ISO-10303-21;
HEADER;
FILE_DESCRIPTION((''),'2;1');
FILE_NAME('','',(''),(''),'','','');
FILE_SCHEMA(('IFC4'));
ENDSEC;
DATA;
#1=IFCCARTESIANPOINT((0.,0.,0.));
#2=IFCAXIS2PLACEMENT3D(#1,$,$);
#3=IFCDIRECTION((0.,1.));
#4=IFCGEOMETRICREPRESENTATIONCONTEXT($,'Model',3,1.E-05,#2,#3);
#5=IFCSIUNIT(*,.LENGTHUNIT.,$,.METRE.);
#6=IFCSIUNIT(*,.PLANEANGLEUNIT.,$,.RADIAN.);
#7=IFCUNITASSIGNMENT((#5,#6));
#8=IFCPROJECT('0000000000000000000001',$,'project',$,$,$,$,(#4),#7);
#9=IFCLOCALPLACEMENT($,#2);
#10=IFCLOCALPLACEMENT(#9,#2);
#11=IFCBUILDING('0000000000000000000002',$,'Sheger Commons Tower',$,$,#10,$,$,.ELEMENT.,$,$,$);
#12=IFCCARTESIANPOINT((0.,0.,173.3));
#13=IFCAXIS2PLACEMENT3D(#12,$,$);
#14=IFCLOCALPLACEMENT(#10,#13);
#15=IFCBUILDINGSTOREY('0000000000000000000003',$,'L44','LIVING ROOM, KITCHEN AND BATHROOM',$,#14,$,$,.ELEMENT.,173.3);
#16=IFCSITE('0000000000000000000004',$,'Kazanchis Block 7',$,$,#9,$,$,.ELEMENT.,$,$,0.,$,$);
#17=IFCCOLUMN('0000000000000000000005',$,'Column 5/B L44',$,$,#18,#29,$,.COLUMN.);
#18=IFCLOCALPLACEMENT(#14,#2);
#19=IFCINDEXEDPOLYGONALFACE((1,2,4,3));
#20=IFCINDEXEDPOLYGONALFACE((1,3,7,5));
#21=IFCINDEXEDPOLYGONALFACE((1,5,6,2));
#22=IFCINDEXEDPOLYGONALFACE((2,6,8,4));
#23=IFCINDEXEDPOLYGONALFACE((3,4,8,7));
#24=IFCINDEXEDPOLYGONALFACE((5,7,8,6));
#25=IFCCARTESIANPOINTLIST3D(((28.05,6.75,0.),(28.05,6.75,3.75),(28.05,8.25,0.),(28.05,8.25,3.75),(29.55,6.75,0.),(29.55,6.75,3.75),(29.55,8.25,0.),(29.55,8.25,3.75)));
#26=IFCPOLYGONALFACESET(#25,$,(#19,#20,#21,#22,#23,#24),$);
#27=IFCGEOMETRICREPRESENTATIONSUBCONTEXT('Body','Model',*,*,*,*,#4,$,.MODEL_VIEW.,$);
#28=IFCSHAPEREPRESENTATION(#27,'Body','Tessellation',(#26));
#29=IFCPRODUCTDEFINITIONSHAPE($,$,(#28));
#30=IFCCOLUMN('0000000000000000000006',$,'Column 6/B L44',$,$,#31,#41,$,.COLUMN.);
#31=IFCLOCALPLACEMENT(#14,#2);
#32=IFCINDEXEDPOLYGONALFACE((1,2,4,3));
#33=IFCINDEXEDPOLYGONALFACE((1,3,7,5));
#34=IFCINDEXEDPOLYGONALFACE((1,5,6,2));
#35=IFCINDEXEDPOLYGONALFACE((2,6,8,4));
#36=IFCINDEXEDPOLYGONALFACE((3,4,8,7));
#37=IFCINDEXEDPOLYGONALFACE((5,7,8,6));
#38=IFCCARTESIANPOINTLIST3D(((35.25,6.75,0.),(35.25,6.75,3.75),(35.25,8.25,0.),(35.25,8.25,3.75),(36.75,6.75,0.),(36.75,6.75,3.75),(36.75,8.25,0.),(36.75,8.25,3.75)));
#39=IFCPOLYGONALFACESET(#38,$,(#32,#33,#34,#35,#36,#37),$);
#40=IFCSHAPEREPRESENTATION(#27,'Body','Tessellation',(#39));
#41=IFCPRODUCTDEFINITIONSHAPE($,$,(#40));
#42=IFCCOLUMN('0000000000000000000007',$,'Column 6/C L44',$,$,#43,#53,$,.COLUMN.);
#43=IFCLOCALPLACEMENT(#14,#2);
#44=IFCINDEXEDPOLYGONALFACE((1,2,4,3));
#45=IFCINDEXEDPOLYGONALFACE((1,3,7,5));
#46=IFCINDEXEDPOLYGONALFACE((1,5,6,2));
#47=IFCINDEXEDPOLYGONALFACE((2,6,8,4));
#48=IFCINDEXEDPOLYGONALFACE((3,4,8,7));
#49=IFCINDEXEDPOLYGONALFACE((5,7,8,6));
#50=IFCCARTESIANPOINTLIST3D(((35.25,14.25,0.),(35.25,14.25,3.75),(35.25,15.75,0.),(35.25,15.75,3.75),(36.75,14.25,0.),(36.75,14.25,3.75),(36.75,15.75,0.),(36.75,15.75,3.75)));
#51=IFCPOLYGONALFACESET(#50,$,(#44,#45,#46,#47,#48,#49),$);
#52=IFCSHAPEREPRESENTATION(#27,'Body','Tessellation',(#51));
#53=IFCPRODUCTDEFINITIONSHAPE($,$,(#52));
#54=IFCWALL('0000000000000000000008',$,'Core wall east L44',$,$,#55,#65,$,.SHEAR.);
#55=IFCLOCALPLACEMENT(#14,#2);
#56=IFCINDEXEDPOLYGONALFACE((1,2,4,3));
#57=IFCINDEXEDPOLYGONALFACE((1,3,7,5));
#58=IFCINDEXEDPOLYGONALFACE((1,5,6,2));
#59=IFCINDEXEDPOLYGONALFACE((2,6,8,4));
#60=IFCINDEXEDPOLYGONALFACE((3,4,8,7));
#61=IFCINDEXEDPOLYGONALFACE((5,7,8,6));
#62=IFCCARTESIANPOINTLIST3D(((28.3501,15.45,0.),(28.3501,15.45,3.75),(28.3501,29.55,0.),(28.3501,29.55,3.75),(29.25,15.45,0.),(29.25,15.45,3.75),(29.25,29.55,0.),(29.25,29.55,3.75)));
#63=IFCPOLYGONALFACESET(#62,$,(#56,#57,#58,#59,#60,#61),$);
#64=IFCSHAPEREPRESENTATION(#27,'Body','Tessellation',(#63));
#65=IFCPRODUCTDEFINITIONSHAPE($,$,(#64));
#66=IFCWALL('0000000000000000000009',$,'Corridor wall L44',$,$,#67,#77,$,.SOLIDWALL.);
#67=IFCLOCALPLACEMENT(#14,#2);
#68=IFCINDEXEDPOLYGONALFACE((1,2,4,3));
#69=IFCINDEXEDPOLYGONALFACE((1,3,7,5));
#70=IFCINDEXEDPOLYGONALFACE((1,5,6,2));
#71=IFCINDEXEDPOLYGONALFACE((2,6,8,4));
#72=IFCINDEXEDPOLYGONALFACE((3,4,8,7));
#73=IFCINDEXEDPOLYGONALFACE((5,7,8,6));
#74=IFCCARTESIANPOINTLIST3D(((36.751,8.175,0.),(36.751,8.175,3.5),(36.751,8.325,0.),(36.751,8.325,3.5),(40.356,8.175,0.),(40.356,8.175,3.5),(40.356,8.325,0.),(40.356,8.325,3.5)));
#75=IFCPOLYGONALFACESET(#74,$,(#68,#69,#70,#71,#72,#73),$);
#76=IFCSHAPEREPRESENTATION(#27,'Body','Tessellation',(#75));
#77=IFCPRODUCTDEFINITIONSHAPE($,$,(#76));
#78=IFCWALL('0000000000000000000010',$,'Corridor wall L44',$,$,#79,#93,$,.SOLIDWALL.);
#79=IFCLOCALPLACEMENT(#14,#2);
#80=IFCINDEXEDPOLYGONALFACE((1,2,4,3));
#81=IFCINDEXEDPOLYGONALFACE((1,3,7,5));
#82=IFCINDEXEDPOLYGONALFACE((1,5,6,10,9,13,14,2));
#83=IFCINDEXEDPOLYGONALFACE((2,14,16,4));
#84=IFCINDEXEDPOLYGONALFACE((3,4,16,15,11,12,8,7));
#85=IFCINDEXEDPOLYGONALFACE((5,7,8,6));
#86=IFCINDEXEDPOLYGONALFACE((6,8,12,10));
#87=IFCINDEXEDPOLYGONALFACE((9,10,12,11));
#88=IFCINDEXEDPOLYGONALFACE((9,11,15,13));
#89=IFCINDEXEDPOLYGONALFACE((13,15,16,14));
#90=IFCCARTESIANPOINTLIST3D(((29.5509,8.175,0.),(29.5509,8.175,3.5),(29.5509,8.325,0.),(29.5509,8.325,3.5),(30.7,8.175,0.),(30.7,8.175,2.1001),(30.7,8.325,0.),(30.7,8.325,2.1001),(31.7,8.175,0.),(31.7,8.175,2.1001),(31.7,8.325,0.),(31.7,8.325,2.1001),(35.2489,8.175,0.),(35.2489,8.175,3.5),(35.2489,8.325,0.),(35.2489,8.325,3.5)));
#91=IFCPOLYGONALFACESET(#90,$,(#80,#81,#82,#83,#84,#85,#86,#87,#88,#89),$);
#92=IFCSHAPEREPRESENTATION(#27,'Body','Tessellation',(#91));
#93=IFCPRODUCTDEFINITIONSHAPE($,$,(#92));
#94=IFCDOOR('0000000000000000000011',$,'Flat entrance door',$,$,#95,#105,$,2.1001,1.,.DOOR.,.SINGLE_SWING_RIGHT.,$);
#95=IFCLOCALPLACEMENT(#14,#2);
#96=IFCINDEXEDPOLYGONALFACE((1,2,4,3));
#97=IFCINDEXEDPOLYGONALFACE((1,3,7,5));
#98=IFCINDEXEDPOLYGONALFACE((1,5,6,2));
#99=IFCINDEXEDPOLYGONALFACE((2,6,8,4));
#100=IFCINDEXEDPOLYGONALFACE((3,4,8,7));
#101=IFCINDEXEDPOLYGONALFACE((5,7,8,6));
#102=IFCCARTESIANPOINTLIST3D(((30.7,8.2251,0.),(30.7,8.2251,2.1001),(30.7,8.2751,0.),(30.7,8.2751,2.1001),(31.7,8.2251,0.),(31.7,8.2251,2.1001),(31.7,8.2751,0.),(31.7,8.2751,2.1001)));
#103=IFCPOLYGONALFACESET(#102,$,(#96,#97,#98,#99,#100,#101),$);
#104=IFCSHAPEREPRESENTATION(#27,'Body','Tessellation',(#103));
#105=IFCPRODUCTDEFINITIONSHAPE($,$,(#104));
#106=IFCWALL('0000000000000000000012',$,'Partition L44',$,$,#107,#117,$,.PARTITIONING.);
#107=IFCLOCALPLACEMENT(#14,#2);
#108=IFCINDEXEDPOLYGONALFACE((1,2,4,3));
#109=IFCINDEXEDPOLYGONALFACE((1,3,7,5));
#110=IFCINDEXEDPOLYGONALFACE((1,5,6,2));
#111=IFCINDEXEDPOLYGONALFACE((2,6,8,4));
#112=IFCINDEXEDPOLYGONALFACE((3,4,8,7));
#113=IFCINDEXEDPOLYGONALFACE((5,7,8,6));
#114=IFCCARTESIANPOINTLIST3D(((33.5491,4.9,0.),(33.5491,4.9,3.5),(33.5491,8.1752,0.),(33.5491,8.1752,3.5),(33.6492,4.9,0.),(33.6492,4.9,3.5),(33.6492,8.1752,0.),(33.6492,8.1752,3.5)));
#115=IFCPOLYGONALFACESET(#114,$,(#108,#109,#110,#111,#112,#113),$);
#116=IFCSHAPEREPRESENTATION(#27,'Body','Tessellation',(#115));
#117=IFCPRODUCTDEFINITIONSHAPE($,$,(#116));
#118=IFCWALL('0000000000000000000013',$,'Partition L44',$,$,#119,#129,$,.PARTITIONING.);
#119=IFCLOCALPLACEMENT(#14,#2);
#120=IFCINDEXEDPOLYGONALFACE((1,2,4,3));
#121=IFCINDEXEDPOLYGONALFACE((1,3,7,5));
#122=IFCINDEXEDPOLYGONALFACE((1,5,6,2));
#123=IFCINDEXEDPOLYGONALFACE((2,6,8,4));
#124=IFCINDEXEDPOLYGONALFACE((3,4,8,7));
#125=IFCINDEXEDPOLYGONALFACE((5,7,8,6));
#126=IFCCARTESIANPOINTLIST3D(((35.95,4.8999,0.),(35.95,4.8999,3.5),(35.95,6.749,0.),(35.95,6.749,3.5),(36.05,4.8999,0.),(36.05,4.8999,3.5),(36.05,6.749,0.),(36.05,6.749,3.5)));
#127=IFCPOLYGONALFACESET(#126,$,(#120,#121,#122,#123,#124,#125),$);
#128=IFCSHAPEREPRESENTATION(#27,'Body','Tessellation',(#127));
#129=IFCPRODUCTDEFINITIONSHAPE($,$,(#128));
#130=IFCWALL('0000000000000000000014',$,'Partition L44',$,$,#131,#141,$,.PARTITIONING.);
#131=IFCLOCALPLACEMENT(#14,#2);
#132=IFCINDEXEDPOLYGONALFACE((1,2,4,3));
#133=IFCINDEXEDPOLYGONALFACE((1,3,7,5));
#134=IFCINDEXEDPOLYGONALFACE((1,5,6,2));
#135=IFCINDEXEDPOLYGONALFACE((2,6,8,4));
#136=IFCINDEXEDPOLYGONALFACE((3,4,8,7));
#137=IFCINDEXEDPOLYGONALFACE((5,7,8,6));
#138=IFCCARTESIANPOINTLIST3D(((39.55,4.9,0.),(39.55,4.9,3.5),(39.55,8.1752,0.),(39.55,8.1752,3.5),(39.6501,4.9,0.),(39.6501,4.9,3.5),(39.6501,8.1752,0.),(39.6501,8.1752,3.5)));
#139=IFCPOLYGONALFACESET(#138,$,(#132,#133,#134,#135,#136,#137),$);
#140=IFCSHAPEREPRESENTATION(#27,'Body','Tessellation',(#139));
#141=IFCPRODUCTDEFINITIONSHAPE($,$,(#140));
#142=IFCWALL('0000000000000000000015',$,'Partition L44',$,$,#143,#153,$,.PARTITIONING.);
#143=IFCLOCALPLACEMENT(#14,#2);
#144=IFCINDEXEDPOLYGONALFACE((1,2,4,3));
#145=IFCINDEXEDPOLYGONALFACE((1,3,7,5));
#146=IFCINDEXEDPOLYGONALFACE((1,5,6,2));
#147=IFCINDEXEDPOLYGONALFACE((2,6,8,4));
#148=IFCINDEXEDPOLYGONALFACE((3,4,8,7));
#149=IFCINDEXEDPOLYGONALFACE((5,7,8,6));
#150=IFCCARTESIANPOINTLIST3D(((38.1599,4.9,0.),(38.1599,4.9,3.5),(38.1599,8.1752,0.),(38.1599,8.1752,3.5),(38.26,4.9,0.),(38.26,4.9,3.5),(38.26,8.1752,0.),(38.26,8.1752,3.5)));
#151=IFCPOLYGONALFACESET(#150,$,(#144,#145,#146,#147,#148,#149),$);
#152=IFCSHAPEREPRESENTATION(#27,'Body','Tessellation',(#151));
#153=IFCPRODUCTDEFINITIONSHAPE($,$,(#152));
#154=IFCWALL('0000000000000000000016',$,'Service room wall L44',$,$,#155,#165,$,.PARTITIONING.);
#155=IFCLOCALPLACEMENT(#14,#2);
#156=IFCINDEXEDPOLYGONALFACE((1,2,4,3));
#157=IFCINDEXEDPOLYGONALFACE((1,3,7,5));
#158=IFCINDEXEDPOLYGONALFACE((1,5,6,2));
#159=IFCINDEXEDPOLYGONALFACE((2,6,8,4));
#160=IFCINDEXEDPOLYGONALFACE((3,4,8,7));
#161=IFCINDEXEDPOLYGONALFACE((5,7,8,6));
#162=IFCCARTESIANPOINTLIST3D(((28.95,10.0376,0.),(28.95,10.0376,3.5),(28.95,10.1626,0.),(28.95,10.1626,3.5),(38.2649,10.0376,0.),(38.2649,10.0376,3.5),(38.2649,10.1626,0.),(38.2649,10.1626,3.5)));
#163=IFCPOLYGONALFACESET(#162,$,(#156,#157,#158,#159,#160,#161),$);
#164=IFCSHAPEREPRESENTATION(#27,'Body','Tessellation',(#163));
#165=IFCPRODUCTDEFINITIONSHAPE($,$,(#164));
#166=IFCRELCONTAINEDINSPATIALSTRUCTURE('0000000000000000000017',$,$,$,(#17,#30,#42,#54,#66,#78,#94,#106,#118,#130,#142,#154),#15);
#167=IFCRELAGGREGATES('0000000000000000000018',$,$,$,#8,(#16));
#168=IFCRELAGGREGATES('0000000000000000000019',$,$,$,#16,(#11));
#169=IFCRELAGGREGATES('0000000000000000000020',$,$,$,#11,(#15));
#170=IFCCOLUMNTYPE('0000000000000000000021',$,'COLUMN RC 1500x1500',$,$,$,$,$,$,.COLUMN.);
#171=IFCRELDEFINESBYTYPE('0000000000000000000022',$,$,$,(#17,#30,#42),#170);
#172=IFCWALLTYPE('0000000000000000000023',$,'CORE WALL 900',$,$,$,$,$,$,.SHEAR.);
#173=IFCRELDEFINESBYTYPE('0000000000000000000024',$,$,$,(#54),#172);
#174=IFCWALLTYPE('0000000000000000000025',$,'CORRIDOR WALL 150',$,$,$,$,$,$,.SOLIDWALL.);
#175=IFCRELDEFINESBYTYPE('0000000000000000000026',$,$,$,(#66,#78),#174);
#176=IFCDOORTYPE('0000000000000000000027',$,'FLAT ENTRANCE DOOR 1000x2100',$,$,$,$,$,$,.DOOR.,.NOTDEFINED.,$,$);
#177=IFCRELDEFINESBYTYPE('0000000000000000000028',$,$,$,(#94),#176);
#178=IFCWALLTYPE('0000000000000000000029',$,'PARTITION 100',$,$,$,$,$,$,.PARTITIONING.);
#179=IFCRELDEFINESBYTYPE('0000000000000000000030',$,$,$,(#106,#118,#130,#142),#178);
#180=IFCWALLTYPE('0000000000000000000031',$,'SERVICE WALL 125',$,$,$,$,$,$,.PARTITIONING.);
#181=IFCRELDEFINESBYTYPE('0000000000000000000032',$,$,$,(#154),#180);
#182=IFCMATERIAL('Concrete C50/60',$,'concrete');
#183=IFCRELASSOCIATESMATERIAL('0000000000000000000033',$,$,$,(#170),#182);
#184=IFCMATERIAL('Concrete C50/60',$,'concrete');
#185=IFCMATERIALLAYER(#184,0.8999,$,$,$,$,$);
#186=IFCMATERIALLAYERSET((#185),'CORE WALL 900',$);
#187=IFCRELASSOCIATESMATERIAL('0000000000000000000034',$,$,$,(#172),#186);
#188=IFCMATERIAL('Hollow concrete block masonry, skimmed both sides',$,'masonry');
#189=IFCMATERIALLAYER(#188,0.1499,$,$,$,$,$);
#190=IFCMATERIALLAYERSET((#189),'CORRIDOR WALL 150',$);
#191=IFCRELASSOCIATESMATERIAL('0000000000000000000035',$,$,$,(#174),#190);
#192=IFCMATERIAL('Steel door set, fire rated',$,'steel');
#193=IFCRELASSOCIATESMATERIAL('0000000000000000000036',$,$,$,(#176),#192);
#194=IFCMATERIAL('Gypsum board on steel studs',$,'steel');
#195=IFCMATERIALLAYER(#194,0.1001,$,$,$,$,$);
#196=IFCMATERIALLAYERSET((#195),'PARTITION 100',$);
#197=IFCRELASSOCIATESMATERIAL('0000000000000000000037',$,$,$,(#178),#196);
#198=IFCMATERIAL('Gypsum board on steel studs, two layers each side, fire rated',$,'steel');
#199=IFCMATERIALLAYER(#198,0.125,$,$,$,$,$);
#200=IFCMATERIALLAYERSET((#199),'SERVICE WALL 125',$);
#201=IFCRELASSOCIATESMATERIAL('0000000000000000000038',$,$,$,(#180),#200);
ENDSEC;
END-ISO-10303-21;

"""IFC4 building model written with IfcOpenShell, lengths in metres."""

from ifc_helpers import new_model, si_unit, direction, frame, frame_2d, origin, origin_2d, place, context, subcontext, project, spatial, rectangle, extrude, material, layer, layer_set, material_profile, profile_set, type_object, element, fill, save


model = new_model("IFC4")

# Units and contexts
model_context = context("Model", 3, precision=1e-05, world=origin(), true_north=direction((0.0, 1.0)))
body_context = subcontext(model_context, "Body", "Model", "MODEL_VIEW")
ifc_project = project(units=[si_unit("LENGTHUNIT", "METRE"), si_unit("PLANEANGLEUNIT", "RADIAN")], contexts=[model_context])

# Site, building, storey
site_placement = place(None, origin())
site = spatial("IfcSite", under=ifc_project, at=site_placement, Name="Kazanchis Block 7", CompositionType="ELEMENT", RefElevation=0.0)
building_placement = place(site_placement, origin())
building = spatial("IfcBuilding", under=site, at=building_placement, Name="Sheger Commons Tower", CompositionType="ELEMENT")
storey_placement = place(building_placement, frame((0.0, 0.0, 173.3)))
storey = spatial("IfcBuildingStorey", under=building, at=storey_placement, Name="L44", Description="LIVING ROOM, KITCHEN AND BATHROOM", CompositionType="ELEMENT", Elevation=173.3)

# Columns
ifc_material_1 = material(Name="Concrete C50/60", Category="concrete")
ifc_material_profile = material_profile(ifc_material_1, rectangle(XDim=1.5, YDim=1.5, at=origin_2d()), Name="RC 1500x1500")
ifc_profile_set = profile_set([ifc_material_profile], Name="Concrete C50/60")
column_type = type_object("IfcColumnType", Name="COLUMN RC 1500x1500", PredefinedType="COLUMN", material=ifc_profile_set)
for number, where, z_axis, x_axis, name in (
    (1, (28.8, 7.5, 0.0), (0.0, 0.0, 1.0), (1.0, 0.0, 0.0), "Column 5/B L44"),
    (2, (36.0, 7.5, 0.0), (0.0, 0.0, 1.0), (1.0, 0.0, 0.0), "Column 6/B L44"),
    (3, (36.0, 15.0, 0.0), (0.0, 0.0, 1.0), (1.0, 0.0, 0.0), "Column 6/C L44"),
):
    element("IfcColumn", number, at=place(storey_placement, frame(where, z_axis=z_axis, x_axis=x_axis)), inside=storey, type_object=column_type, Name=name, PredefinedType="COLUMN", context=body_context, shape_type="SweptSolid", body=[
        extrude(rectangle(XDim=1.5, YDim=1.5, at=origin_2d()), origin(), (0.0, 0.0, 1.0), 3.75),
    ])

# Walls
ifc_material_2 = material(Name="Concrete C50/60", Category="concrete")
ifc_layer_1 = layer(ifc_material_2, 0.8999)
ifc_layer_set_1 = layer_set([ifc_layer_1], Name="CORE WALL 900")
wall_type_1 = type_object("IfcWallType", Name="CORE WALL 900", PredefinedType="SHEAR", material=ifc_layer_set_1)
wall_1_placement = place(storey_placement, frame((28.8, 15.45, 0.0), z_axis=(0.0, 0.0, 1.0), x_axis=(0.0, 1.0, 0.0)))
element("IfcWall", 4, at=wall_1_placement, inside=storey, type_object=wall_type_1, Name="Core wall east L44", PredefinedType="SHEAR", context=body_context, shape_type="SweptSolid", body=[
    extrude(rectangle(XDim=14.1001, YDim=0.8999, at=frame_2d((7.05, 0.0))), origin(), (0.0, 0.0, 1.0), 3.75),
])
ifc_material_3 = material(Name="Hollow concrete block masonry, skimmed both sides", Category="masonry")
ifc_layer_2 = layer(ifc_material_3, 0.1499)
ifc_layer_set_2 = layer_set([ifc_layer_2], Name="CORRIDOR WALL 150")
wall_type_2 = type_object("IfcWallType", Name="CORRIDOR WALL 150", PredefinedType="SOLIDWALL", material=ifc_layer_set_2)
wall_2_placement = place(storey_placement, frame((40.356, 8.25, 0.0), z_axis=(0.0, 0.0, 1.0), x_axis=(-1.0, 0.0, 0.0)))
element("IfcWall", 5, at=wall_2_placement, inside=storey, type_object=wall_type_2, Name="Corridor wall L44", PredefinedType="SOLIDWALL", context=body_context, shape_type="SweptSolid", body=[
    extrude(rectangle(XDim=3.605, YDim=0.1499, at=frame_2d((1.8025, 0.0))), origin(), (0.0, 0.0, 1.0), 3.5),
])

# Wall, opening, door
wall_3_placement = place(storey_placement, frame((35.249, 8.25, 0.0), z_axis=(0.0, 0.0, 1.0), x_axis=(-1.0, 0.0, 0.0)))
wall_3 = element("IfcWall", 6, at=wall_3_placement, inside=storey, type_object=wall_type_2, Name="Corridor wall L44", PredefinedType="SOLIDWALL", context=body_context, shape_type="SweptSolid", body=[
    extrude(rectangle(XDim=5.698, YDim=0.1499, at=frame_2d((2.8491, 0.0))), origin(), (0.0, 0.0, 1.0), 3.5),
])
opening_1_placement = place(wall_3_placement, frame((3.5491, 0.0, 0.0)))
opening_1 = element("IfcOpeningElement", 7, at=opening_1_placement, cuts=wall_3, PredefinedType="OPENING", context=body_context, shape_type="SweptSolid", body=[
    extrude(rectangle(XDim=1.0, YDim=2.1001, at=frame_2d((0.5, 1.05))), frame((0.0, 0.085, 0.0), z_axis=(0.0, -1.0, 0.0), x_axis=(1.0, 0.0, 0.0)), (0.0, 0.0, 1.0), 0.1699),
])
ifc_material_4 = material(Name="Steel door set, fire rated", Category="steel")
door_type_1 = type_object("IfcDoorType", Name="FLAT ENTRANCE DOOR 1000x2100", OperationType="NOTDEFINED", PredefinedType="DOOR", material=ifc_material_4)
door_1_placement = place(opening_1_placement, origin())
door_1 = element("IfcDoor", 8, at=door_1_placement, inside=storey, type_object=door_type_1, Name="Flat entrance door", OperationType="SINGLE_SWING_RIGHT", OverallHeight=2.1001, OverallWidth=1.0, PredefinedType="DOOR", context=body_context, shape_type="SweptSolid", body=[
    extrude(rectangle(XDim=1.0, YDim=2.1001, at=frame_2d((0.5, 1.05))), frame((0.0, 0.0249, 0.0), z_axis=(0.0, -1.0, 0.0), x_axis=(1.0, 0.0, 0.0)), (0.0, 0.0, 1.0), 0.05),
])
fill(opening_1, door_1)

# Walls
ifc_material_5 = material(Name="Gypsum board on steel studs", Category="steel")
ifc_layer_3 = layer(ifc_material_5, 0.1001)
ifc_layer_set_3 = layer_set([ifc_layer_3], Name="PARTITION 100")
wall_type_3 = type_object("IfcWallType", Name="PARTITION 100", PredefinedType="PARTITIONING", material=ifc_layer_set_3)
wall_4_placement = place(storey_placement, frame((33.5991, 4.8999, 0.0), z_axis=(0.0, 0.0, 1.0), x_axis=(0.0, 1.0, 0.0)))
element("IfcWall", 9, at=wall_4_placement, inside=storey, type_object=wall_type_3, Name="Partition L44", PredefinedType="PARTITIONING", context=body_context, shape_type="SweptSolid", body=[
    extrude(rectangle(XDim=3.2751, YDim=0.1001, at=frame_2d((1.6377, 0.0))), origin(), (0.0, 0.0, 1.0), 3.5),
])
wall_5_placement = place(storey_placement, frame((36.0, 4.8999, 0.0), z_axis=(0.0, 0.0, 1.0), x_axis=(0.0, 1.0, 0.0)))
element("IfcWall", 10, at=wall_5_placement, inside=storey, type_object=wall_type_3, Name="Partition L44", PredefinedType="PARTITIONING", context=body_context, shape_type="SweptSolid", body=[
    extrude(rectangle(XDim=1.8491, YDim=0.1001, at=frame_2d((0.9246, 0.0))), origin(), (0.0, 0.0, 1.0), 3.5),
])
for number, where, z_axis, x_axis, name in (
    (11, (39.6001, 4.8999, 0.0), (0.0, 0.0, 1.0), (0.0, 1.0, 0.0), "Partition L44"),
    (12, (38.21, 4.8999, 0.0), (0.0, 0.0, 1.0), (0.0, 1.0, 0.0), "Partition L44"),
):
    element("IfcWall", number, at=place(storey_placement, frame(where, z_axis=z_axis, x_axis=x_axis)), inside=storey, type_object=wall_type_3, Name=name, PredefinedType="PARTITIONING", context=body_context, shape_type="SweptSolid", body=[
        extrude(rectangle(XDim=3.2751, YDim=0.1001, at=frame_2d((1.6377, 0.0))), origin(), (0.0, 0.0, 1.0), 3.5),
    ])
ifc_material_6 = material(Name="Gypsum board on steel studs, two layers each side, fire rated", Category="steel")
ifc_layer_4 = layer(ifc_material_6, 0.125)
ifc_layer_set_4 = layer_set([ifc_layer_4], Name="SERVICE WALL 125")
wall_type_4 = type_object("IfcWallType", Name="SERVICE WALL 125", PredefinedType="PARTITIONING", material=ifc_layer_set_4)
wall_6_placement = place(storey_placement, frame((28.95, 10.1001, 0.0), z_axis=(0.0, 0.0, 1.0), x_axis=(1.0, 0.0, 0.0)))
element("IfcWall", 13, at=wall_6_placement, inside=storey, type_object=wall_type_4, Name="Service room wall L44", PredefinedType="PARTITIONING", context=body_context, shape_type="SweptSolid", body=[
    extrude(rectangle(XDim=9.3149, YDim=0.125, at=frame_2d((4.6575, 0.0))), origin(), (0.0, 0.0, 1.0), 3.5),
])

save(model, "model.ifc")
